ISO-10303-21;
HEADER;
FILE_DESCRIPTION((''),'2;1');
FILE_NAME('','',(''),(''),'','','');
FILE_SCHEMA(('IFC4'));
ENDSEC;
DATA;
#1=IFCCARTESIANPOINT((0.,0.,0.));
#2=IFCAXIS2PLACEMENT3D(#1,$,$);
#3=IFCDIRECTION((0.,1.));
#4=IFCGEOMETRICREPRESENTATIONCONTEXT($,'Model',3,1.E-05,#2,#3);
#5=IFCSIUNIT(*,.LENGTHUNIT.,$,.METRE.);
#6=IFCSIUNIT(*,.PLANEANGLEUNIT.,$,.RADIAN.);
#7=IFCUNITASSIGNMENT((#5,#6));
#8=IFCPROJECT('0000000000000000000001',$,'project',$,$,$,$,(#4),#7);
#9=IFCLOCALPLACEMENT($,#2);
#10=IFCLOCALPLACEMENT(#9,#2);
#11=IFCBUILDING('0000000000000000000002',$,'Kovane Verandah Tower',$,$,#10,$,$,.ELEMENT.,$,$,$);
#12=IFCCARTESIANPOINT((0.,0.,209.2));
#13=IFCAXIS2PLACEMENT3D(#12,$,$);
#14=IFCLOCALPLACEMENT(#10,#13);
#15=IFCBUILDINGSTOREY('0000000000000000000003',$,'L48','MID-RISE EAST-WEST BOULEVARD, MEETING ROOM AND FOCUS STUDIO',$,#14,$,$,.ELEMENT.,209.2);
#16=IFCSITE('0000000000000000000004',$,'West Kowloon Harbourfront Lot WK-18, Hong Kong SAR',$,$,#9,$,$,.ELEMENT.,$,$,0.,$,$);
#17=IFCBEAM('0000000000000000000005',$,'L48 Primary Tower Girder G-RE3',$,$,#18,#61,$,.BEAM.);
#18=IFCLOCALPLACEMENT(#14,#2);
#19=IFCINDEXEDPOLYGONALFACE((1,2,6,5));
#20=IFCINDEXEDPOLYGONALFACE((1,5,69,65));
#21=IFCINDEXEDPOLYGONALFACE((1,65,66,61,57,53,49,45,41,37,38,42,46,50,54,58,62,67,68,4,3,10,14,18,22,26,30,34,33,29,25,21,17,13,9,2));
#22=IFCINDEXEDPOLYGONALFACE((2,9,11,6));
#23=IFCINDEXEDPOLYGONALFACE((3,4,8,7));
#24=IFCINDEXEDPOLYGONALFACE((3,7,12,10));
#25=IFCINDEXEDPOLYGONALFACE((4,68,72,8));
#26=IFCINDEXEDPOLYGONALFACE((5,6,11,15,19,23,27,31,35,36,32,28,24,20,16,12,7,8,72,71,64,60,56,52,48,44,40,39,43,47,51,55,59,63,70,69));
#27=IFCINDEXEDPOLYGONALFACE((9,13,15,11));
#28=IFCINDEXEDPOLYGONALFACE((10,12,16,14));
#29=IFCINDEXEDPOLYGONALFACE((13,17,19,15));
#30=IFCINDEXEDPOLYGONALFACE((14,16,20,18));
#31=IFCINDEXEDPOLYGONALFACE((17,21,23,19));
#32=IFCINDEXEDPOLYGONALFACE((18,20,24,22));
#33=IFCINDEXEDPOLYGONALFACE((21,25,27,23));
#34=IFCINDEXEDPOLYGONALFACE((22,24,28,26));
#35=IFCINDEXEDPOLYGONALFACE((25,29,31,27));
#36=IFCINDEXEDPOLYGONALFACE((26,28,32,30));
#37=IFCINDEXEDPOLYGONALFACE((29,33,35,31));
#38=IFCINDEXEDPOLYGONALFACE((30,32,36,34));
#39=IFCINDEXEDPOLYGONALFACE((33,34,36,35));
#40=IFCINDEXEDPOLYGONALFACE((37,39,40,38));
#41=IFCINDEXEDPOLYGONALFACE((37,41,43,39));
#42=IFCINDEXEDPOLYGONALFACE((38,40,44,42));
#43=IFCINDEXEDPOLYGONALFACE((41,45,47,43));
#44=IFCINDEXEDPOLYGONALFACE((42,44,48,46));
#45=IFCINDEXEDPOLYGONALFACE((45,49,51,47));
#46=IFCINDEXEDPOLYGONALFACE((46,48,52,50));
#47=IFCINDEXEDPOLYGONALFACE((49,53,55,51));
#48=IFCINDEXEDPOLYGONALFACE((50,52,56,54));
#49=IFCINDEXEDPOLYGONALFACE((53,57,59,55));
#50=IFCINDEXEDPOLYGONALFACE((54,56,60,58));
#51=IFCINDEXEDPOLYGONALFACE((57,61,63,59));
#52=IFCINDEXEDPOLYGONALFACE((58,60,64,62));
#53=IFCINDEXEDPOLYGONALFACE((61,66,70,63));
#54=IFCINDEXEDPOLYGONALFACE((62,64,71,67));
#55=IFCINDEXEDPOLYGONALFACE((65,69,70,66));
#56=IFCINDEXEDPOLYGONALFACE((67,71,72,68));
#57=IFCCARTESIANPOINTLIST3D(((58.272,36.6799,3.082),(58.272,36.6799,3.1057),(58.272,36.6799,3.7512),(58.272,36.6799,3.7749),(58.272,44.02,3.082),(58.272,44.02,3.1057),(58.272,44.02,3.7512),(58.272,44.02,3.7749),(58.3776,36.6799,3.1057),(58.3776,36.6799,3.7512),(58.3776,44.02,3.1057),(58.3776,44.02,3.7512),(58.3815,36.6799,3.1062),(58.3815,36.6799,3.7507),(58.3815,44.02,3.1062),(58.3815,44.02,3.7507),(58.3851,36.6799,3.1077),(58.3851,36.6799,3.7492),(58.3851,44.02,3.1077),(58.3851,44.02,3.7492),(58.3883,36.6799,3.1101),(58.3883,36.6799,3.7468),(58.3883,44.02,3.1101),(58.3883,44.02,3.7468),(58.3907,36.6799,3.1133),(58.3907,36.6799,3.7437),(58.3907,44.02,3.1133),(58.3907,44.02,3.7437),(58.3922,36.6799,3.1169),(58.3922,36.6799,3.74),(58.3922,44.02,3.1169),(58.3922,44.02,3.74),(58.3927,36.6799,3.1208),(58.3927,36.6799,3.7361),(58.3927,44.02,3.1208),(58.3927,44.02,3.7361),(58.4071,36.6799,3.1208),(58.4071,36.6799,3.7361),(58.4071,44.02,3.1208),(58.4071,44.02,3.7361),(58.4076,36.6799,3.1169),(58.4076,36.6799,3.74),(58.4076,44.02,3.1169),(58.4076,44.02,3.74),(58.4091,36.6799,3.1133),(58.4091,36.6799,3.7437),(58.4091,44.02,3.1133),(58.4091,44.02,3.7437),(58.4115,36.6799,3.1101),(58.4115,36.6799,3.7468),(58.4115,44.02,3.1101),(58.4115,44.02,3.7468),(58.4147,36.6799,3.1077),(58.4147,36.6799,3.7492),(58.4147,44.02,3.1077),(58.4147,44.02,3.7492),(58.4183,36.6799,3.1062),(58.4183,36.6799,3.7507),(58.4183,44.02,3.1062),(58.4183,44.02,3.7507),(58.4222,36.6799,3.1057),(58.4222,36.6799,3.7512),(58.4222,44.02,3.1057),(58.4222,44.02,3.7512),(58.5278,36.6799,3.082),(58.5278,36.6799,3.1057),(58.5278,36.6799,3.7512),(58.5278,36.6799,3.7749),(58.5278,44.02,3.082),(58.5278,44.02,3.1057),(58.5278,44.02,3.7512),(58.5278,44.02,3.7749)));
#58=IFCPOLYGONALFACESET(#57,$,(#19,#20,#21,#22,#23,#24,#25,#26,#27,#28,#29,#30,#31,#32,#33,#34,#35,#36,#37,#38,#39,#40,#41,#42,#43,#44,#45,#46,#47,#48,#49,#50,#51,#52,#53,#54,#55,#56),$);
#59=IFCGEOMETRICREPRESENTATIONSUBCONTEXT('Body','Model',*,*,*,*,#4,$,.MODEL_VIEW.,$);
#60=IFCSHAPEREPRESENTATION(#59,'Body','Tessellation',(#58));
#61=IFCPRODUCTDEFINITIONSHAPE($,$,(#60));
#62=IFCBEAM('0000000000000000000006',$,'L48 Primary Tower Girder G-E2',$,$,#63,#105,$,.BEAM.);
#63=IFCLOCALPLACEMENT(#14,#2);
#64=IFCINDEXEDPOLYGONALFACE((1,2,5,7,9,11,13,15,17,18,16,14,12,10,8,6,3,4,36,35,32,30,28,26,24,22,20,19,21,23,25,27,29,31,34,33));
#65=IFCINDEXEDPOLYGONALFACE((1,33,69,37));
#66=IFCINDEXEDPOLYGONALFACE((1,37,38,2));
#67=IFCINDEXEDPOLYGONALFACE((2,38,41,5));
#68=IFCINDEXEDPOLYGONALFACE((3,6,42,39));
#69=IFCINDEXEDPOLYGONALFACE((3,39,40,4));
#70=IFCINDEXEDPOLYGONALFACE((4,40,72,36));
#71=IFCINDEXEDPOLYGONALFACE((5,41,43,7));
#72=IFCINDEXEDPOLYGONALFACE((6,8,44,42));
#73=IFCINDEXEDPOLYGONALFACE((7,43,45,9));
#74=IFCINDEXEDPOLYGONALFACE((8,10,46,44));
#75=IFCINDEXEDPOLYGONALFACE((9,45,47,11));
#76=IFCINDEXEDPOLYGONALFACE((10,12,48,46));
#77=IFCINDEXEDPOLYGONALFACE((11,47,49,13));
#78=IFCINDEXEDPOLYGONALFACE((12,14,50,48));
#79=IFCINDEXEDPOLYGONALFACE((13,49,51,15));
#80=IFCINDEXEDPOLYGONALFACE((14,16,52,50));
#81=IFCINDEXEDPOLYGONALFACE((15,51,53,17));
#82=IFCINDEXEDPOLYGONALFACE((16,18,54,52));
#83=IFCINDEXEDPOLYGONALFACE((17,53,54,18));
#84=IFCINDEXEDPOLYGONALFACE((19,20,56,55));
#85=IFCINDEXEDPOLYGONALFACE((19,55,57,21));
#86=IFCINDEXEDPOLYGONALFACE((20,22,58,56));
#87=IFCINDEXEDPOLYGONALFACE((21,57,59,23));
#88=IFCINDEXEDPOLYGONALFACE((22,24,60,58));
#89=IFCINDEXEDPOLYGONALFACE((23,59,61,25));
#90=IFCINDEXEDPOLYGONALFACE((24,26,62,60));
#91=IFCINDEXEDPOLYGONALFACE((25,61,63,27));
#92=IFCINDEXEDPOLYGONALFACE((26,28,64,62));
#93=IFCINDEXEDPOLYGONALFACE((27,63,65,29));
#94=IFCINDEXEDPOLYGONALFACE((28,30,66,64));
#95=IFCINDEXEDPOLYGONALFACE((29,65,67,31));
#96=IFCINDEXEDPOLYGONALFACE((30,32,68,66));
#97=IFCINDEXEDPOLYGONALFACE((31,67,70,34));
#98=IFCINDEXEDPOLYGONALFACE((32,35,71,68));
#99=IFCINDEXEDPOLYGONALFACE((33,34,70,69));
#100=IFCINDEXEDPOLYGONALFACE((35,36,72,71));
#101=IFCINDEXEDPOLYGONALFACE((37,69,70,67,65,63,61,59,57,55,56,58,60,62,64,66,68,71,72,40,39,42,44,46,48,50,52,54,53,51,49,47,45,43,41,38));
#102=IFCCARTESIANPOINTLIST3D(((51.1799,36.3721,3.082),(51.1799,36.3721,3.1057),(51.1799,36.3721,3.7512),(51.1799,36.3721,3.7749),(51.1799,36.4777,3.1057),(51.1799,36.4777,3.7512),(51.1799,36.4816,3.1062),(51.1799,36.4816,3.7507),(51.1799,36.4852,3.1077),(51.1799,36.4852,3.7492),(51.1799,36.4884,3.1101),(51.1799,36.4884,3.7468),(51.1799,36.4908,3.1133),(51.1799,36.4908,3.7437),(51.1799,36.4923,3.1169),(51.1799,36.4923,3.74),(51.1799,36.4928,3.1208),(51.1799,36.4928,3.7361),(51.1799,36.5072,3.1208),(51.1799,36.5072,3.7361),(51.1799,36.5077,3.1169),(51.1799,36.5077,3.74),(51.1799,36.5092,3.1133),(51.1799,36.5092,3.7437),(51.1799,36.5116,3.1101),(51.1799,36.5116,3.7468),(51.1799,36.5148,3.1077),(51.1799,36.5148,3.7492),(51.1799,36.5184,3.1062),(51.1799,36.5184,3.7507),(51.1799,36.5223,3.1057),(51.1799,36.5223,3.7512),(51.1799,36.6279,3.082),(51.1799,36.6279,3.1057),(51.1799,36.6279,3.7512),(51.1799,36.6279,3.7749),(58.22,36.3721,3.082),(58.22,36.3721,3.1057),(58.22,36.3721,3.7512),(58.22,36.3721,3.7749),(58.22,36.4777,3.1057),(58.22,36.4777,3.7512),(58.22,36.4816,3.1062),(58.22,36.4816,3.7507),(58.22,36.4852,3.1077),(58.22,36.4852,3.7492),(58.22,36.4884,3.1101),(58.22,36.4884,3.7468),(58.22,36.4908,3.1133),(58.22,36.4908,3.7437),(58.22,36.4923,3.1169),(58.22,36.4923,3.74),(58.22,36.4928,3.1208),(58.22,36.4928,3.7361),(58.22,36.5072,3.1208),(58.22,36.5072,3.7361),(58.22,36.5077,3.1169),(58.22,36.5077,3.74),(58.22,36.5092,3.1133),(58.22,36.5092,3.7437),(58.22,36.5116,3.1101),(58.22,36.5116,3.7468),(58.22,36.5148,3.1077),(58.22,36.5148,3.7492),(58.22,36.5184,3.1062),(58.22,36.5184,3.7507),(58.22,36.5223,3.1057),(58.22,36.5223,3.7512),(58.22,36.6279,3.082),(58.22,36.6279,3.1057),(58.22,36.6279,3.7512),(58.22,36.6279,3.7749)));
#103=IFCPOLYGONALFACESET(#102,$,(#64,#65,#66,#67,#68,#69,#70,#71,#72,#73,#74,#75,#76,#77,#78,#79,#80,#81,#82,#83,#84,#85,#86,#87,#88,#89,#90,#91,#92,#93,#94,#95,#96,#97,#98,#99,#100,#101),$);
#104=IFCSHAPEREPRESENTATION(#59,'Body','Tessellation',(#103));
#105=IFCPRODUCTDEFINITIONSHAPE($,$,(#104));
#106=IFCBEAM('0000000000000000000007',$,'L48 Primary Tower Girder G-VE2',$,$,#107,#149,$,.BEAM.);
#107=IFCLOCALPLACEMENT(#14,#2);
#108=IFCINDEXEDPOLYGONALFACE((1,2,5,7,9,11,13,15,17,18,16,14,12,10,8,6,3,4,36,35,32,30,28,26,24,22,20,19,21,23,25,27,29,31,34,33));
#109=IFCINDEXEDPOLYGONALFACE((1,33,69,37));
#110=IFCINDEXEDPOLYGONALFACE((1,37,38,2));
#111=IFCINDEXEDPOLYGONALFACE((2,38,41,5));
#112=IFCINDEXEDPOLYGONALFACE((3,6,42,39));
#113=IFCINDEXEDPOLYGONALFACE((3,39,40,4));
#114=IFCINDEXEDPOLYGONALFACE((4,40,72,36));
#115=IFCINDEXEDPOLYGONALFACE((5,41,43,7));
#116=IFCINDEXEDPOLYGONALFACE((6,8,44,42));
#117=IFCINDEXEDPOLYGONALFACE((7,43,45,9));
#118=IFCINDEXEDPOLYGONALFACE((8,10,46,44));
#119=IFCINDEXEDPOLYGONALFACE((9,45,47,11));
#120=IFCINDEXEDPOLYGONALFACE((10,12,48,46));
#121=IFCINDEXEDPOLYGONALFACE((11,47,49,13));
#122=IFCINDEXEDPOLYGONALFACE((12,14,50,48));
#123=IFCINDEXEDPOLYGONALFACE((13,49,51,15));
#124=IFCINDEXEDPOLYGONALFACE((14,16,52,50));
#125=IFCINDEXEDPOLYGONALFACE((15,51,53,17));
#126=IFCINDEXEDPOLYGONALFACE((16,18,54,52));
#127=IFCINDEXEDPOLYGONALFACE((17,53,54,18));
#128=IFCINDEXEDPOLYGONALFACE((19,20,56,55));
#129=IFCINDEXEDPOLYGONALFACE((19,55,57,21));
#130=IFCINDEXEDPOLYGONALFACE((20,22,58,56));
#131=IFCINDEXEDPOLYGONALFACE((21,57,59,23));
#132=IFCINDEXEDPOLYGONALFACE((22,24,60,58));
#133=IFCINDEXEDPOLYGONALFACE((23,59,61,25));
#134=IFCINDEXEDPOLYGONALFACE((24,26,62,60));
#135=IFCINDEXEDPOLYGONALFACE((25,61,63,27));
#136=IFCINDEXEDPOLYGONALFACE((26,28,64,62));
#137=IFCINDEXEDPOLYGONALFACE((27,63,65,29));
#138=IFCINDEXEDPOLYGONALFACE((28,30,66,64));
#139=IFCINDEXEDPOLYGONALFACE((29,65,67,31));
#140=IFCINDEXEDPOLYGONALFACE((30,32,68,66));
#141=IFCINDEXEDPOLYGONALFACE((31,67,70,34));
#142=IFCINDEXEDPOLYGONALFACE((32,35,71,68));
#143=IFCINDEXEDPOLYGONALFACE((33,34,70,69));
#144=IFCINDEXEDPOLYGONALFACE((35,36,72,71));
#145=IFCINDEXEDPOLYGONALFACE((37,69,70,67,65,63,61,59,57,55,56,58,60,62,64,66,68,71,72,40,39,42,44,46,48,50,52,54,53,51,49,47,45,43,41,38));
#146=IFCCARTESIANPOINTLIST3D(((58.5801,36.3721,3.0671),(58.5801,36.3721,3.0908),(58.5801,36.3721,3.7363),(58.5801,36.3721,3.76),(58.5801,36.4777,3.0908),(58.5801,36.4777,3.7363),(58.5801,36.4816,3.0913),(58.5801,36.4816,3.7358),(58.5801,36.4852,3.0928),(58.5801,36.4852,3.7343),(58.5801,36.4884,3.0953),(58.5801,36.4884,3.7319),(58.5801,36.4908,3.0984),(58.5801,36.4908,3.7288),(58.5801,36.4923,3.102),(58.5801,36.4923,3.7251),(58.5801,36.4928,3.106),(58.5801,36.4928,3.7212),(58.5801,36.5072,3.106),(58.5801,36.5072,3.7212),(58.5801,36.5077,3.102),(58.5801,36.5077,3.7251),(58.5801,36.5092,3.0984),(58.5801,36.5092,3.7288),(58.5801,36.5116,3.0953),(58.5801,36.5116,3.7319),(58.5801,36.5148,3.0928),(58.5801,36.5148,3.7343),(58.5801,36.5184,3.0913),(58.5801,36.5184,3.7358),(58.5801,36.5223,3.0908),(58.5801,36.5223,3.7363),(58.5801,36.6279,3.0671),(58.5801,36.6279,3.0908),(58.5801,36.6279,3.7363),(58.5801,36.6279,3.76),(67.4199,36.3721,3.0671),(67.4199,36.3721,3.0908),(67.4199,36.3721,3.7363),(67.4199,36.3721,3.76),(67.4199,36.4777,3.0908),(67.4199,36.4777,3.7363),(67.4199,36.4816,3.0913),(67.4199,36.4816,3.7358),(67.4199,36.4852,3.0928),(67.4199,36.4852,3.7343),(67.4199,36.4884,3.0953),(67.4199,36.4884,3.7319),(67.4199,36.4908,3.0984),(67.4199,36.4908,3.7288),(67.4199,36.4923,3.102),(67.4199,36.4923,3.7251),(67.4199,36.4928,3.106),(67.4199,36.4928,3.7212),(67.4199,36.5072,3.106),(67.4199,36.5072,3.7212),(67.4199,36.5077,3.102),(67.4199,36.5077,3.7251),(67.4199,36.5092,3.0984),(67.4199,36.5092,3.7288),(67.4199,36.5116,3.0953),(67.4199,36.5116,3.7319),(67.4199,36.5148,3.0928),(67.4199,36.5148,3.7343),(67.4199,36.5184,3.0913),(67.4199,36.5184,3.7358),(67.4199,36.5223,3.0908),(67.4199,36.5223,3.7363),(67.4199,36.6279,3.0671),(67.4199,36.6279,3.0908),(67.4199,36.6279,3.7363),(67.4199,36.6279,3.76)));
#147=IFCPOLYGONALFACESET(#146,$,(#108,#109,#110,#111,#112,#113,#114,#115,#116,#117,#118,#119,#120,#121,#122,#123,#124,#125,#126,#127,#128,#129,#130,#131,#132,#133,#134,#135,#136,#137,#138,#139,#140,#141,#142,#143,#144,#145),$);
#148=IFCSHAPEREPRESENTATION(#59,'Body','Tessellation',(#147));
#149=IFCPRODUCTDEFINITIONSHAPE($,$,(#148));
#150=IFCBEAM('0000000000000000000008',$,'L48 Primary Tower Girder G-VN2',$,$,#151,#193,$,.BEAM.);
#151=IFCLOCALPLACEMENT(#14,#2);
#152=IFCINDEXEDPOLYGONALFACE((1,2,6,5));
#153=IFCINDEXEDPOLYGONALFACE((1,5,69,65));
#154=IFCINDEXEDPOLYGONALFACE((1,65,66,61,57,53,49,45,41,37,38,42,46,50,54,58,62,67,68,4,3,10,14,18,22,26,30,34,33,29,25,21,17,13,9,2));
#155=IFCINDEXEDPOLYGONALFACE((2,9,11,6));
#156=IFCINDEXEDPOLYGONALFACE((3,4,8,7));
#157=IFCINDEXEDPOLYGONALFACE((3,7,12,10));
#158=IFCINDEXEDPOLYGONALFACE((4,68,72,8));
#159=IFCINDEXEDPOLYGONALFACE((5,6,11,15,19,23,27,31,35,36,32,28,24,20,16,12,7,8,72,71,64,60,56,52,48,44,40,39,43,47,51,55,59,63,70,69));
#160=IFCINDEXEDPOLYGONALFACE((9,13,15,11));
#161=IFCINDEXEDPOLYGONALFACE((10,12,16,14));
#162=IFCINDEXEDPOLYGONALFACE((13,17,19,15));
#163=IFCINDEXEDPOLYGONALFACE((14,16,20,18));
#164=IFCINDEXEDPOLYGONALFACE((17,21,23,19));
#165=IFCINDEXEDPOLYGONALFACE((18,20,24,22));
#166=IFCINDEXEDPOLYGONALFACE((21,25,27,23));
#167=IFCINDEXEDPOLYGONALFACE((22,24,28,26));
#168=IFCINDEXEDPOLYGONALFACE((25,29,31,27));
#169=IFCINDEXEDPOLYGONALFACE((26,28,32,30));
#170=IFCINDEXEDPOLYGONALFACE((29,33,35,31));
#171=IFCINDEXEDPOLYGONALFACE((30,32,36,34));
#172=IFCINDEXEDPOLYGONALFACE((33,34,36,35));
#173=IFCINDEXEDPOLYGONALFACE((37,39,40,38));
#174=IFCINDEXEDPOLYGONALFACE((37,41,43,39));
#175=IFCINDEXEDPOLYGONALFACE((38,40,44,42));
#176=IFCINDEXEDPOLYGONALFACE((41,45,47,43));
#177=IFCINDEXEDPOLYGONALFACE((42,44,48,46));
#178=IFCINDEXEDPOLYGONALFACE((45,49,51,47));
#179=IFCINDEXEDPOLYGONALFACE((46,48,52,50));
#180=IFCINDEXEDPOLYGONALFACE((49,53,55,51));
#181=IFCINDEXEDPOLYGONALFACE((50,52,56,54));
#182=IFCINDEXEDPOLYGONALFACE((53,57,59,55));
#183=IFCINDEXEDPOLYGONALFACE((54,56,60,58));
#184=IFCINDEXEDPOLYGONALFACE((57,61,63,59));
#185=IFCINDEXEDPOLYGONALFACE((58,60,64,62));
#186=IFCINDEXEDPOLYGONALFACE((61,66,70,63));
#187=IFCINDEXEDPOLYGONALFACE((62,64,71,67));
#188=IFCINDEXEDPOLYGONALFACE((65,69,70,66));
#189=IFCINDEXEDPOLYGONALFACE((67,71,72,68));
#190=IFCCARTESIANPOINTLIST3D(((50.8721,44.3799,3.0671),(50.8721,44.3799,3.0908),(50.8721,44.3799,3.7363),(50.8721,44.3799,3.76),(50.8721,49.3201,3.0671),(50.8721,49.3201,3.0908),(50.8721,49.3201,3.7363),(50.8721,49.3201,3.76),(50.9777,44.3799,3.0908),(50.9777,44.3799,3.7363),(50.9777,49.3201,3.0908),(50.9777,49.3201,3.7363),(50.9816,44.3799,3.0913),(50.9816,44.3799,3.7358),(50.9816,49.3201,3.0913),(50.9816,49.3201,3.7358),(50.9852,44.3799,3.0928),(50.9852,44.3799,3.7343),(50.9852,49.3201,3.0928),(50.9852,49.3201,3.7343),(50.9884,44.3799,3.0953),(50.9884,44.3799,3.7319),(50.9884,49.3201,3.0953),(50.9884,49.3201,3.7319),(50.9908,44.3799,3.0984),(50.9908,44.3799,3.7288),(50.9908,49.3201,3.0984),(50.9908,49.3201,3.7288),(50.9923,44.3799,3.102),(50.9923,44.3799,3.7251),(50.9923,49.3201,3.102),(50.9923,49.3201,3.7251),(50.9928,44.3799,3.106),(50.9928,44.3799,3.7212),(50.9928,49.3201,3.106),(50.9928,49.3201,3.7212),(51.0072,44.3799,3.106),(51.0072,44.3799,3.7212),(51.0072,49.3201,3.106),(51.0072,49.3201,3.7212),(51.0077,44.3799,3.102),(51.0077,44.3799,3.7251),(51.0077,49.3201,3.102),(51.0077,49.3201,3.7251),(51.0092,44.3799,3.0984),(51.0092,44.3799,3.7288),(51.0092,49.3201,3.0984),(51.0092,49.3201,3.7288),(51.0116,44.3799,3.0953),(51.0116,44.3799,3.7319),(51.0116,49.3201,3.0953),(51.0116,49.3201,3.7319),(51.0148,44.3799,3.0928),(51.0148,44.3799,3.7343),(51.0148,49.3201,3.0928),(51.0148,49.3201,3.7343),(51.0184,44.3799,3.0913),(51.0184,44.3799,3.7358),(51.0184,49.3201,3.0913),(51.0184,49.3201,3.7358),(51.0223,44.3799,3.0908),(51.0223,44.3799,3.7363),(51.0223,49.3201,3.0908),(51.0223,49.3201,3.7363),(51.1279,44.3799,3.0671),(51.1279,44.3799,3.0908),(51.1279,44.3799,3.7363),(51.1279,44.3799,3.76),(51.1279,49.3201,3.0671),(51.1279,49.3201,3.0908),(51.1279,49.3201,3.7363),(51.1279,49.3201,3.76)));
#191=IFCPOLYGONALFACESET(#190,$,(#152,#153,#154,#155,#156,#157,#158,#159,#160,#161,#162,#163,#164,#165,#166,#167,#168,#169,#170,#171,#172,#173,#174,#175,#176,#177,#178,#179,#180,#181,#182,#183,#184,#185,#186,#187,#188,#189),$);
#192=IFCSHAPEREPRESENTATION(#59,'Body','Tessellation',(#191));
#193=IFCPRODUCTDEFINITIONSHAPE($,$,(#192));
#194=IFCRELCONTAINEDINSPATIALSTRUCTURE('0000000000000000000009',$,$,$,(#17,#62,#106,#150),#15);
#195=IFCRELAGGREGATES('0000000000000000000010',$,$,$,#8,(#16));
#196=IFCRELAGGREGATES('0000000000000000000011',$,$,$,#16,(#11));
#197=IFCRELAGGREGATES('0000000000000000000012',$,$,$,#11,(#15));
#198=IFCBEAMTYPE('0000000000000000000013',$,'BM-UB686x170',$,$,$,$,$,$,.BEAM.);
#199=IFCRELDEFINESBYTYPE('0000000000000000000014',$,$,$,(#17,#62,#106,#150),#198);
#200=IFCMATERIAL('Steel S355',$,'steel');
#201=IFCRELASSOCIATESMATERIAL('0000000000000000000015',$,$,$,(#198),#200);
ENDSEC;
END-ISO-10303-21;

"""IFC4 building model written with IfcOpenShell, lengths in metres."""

from ifc_helpers import new_model, si_unit, direction, frame, origin, origin_2d, place, context, subcontext, project, spatial, i_section, extrude, material, material_profile, profile_set, type_object, element, save


model = new_model("IFC4")

# Units and contexts
model_context = context("Model", 3, precision=1e-05, world=origin(), true_north=direction((0.0, 1.0)))
body_context = subcontext(model_context, "Body", "Model", "MODEL_VIEW")
ifc_project = project(units=[si_unit("LENGTHUNIT", "METRE"), si_unit("PLANEANGLEUNIT", "RADIAN")], contexts=[model_context])

# Site, building, storey
site_placement = place(None, origin())
site = spatial("IfcSite", under=ifc_project, at=site_placement, Name="West Kowloon Harbourfront Lot WK-18, Hong Kong SAR", CompositionType="ELEMENT", RefElevation=0.0)
building_placement = place(site_placement, origin())
building = spatial("IfcBuilding", under=site, at=building_placement, Name="Kovane Verandah Tower", CompositionType="ELEMENT")
storey_placement = place(building_placement, frame((0.0, 0.0, 209.2)))
storey = spatial("IfcBuildingStorey", under=building, at=storey_placement, Name="L48", Description="MID-RISE EAST-WEST BOULEVARD, MEETING ROOM AND FOCUS STUDIO", CompositionType="ELEMENT", Elevation=209.2)

# Beams
ifc_material_1 = material(Name="Steel S355", Category="steel")
ifc_material_profile_1 = material_profile(ifc_material_1, i_section(OverallWidth=0.2559, OverallDepth=0.6929, WebThickness=0.0144, FlangeThickness=0.0237, FilletRadius=0.0151, at=origin_2d()), Name="UB686x254x170")
ifc_profile_set_1 = profile_set([ifc_material_profile_1], Name="Steel S355")
beam_type_1 = type_object("IfcBeamType", Name="BM-UB686x170", PredefinedType="BEAM", material=ifc_profile_set_1)
beam_1_placement = place(storey_placement, frame((58.3999, 36.6799, 3.4285), z_axis=(0.0, 1.0, 0.0), x_axis=(-1.0, 0.0, 0.0)))
element("IfcBeam", 1, at=beam_1_placement, inside=storey, type_object=beam_type_1, Name="L48 Primary Tower Girder G-RE3", PredefinedType="BEAM", context=body_context, shape_type="SweptSolid", body=[
    extrude(i_section(OverallWidth=0.2559, OverallDepth=0.6929, WebThickness=0.0144, FlangeThickness=0.0237, FilletRadius=0.0151, at=origin_2d()), origin(), (0.0, 0.0, 1.0), 7.3401),
])
beam_2_placement = place(storey_placement, frame((51.1799, 36.5, 3.4285), z_axis=(1.0, 0.0, 0.0), x_axis=(0.0, 1.0, 0.0)))
element("IfcBeam", 2, at=beam_2_placement, inside=storey, type_object=beam_type_1, Name="L48 Primary Tower Girder G-E2", PredefinedType="BEAM", context=body_context, shape_type="SweptSolid", body=[
    extrude(i_section(OverallWidth=0.2559, OverallDepth=0.6929, WebThickness=0.0144, FlangeThickness=0.0237, FilletRadius=0.0151, at=origin_2d()), origin(), (0.0, 0.0, 1.0), 7.04),
])
beam_3_placement = place(storey_placement, frame((58.5801, 36.5, 3.4136), z_axis=(1.0, 0.0, 0.0), x_axis=(0.0, 1.0, 0.0)))
element("IfcBeam", 3, at=beam_3_placement, inside=storey, type_object=beam_type_1, Name="L48 Primary Tower Girder G-VE2", PredefinedType="BEAM", context=body_context, shape_type="SweptSolid", body=[
    extrude(i_section(OverallWidth=0.2559, OverallDepth=0.6929, WebThickness=0.0144, FlangeThickness=0.0237, FilletRadius=0.0151, at=origin_2d()), origin(), (0.0, 0.0, 1.0), 8.8398),
])
beam_4_placement = place(storey_placement, frame((51.0, 44.3799, 3.4136), z_axis=(0.0, 1.0, 0.0), x_axis=(-1.0, 0.0, 0.0)))
element("IfcBeam", 4, at=beam_4_placement, inside=storey, type_object=beam_type_1, Name="L48 Primary Tower Girder G-VN2", PredefinedType="BEAM", context=body_context, shape_type="SweptSolid", body=[
    extrude(i_section(OverallWidth=0.2559, OverallDepth=0.6929, WebThickness=0.0144, FlangeThickness=0.0237, FilletRadius=0.0151, at=origin_2d()), origin(), (0.0, 0.0, 1.0), 4.9402),
])

save(model, "model.ifc")
